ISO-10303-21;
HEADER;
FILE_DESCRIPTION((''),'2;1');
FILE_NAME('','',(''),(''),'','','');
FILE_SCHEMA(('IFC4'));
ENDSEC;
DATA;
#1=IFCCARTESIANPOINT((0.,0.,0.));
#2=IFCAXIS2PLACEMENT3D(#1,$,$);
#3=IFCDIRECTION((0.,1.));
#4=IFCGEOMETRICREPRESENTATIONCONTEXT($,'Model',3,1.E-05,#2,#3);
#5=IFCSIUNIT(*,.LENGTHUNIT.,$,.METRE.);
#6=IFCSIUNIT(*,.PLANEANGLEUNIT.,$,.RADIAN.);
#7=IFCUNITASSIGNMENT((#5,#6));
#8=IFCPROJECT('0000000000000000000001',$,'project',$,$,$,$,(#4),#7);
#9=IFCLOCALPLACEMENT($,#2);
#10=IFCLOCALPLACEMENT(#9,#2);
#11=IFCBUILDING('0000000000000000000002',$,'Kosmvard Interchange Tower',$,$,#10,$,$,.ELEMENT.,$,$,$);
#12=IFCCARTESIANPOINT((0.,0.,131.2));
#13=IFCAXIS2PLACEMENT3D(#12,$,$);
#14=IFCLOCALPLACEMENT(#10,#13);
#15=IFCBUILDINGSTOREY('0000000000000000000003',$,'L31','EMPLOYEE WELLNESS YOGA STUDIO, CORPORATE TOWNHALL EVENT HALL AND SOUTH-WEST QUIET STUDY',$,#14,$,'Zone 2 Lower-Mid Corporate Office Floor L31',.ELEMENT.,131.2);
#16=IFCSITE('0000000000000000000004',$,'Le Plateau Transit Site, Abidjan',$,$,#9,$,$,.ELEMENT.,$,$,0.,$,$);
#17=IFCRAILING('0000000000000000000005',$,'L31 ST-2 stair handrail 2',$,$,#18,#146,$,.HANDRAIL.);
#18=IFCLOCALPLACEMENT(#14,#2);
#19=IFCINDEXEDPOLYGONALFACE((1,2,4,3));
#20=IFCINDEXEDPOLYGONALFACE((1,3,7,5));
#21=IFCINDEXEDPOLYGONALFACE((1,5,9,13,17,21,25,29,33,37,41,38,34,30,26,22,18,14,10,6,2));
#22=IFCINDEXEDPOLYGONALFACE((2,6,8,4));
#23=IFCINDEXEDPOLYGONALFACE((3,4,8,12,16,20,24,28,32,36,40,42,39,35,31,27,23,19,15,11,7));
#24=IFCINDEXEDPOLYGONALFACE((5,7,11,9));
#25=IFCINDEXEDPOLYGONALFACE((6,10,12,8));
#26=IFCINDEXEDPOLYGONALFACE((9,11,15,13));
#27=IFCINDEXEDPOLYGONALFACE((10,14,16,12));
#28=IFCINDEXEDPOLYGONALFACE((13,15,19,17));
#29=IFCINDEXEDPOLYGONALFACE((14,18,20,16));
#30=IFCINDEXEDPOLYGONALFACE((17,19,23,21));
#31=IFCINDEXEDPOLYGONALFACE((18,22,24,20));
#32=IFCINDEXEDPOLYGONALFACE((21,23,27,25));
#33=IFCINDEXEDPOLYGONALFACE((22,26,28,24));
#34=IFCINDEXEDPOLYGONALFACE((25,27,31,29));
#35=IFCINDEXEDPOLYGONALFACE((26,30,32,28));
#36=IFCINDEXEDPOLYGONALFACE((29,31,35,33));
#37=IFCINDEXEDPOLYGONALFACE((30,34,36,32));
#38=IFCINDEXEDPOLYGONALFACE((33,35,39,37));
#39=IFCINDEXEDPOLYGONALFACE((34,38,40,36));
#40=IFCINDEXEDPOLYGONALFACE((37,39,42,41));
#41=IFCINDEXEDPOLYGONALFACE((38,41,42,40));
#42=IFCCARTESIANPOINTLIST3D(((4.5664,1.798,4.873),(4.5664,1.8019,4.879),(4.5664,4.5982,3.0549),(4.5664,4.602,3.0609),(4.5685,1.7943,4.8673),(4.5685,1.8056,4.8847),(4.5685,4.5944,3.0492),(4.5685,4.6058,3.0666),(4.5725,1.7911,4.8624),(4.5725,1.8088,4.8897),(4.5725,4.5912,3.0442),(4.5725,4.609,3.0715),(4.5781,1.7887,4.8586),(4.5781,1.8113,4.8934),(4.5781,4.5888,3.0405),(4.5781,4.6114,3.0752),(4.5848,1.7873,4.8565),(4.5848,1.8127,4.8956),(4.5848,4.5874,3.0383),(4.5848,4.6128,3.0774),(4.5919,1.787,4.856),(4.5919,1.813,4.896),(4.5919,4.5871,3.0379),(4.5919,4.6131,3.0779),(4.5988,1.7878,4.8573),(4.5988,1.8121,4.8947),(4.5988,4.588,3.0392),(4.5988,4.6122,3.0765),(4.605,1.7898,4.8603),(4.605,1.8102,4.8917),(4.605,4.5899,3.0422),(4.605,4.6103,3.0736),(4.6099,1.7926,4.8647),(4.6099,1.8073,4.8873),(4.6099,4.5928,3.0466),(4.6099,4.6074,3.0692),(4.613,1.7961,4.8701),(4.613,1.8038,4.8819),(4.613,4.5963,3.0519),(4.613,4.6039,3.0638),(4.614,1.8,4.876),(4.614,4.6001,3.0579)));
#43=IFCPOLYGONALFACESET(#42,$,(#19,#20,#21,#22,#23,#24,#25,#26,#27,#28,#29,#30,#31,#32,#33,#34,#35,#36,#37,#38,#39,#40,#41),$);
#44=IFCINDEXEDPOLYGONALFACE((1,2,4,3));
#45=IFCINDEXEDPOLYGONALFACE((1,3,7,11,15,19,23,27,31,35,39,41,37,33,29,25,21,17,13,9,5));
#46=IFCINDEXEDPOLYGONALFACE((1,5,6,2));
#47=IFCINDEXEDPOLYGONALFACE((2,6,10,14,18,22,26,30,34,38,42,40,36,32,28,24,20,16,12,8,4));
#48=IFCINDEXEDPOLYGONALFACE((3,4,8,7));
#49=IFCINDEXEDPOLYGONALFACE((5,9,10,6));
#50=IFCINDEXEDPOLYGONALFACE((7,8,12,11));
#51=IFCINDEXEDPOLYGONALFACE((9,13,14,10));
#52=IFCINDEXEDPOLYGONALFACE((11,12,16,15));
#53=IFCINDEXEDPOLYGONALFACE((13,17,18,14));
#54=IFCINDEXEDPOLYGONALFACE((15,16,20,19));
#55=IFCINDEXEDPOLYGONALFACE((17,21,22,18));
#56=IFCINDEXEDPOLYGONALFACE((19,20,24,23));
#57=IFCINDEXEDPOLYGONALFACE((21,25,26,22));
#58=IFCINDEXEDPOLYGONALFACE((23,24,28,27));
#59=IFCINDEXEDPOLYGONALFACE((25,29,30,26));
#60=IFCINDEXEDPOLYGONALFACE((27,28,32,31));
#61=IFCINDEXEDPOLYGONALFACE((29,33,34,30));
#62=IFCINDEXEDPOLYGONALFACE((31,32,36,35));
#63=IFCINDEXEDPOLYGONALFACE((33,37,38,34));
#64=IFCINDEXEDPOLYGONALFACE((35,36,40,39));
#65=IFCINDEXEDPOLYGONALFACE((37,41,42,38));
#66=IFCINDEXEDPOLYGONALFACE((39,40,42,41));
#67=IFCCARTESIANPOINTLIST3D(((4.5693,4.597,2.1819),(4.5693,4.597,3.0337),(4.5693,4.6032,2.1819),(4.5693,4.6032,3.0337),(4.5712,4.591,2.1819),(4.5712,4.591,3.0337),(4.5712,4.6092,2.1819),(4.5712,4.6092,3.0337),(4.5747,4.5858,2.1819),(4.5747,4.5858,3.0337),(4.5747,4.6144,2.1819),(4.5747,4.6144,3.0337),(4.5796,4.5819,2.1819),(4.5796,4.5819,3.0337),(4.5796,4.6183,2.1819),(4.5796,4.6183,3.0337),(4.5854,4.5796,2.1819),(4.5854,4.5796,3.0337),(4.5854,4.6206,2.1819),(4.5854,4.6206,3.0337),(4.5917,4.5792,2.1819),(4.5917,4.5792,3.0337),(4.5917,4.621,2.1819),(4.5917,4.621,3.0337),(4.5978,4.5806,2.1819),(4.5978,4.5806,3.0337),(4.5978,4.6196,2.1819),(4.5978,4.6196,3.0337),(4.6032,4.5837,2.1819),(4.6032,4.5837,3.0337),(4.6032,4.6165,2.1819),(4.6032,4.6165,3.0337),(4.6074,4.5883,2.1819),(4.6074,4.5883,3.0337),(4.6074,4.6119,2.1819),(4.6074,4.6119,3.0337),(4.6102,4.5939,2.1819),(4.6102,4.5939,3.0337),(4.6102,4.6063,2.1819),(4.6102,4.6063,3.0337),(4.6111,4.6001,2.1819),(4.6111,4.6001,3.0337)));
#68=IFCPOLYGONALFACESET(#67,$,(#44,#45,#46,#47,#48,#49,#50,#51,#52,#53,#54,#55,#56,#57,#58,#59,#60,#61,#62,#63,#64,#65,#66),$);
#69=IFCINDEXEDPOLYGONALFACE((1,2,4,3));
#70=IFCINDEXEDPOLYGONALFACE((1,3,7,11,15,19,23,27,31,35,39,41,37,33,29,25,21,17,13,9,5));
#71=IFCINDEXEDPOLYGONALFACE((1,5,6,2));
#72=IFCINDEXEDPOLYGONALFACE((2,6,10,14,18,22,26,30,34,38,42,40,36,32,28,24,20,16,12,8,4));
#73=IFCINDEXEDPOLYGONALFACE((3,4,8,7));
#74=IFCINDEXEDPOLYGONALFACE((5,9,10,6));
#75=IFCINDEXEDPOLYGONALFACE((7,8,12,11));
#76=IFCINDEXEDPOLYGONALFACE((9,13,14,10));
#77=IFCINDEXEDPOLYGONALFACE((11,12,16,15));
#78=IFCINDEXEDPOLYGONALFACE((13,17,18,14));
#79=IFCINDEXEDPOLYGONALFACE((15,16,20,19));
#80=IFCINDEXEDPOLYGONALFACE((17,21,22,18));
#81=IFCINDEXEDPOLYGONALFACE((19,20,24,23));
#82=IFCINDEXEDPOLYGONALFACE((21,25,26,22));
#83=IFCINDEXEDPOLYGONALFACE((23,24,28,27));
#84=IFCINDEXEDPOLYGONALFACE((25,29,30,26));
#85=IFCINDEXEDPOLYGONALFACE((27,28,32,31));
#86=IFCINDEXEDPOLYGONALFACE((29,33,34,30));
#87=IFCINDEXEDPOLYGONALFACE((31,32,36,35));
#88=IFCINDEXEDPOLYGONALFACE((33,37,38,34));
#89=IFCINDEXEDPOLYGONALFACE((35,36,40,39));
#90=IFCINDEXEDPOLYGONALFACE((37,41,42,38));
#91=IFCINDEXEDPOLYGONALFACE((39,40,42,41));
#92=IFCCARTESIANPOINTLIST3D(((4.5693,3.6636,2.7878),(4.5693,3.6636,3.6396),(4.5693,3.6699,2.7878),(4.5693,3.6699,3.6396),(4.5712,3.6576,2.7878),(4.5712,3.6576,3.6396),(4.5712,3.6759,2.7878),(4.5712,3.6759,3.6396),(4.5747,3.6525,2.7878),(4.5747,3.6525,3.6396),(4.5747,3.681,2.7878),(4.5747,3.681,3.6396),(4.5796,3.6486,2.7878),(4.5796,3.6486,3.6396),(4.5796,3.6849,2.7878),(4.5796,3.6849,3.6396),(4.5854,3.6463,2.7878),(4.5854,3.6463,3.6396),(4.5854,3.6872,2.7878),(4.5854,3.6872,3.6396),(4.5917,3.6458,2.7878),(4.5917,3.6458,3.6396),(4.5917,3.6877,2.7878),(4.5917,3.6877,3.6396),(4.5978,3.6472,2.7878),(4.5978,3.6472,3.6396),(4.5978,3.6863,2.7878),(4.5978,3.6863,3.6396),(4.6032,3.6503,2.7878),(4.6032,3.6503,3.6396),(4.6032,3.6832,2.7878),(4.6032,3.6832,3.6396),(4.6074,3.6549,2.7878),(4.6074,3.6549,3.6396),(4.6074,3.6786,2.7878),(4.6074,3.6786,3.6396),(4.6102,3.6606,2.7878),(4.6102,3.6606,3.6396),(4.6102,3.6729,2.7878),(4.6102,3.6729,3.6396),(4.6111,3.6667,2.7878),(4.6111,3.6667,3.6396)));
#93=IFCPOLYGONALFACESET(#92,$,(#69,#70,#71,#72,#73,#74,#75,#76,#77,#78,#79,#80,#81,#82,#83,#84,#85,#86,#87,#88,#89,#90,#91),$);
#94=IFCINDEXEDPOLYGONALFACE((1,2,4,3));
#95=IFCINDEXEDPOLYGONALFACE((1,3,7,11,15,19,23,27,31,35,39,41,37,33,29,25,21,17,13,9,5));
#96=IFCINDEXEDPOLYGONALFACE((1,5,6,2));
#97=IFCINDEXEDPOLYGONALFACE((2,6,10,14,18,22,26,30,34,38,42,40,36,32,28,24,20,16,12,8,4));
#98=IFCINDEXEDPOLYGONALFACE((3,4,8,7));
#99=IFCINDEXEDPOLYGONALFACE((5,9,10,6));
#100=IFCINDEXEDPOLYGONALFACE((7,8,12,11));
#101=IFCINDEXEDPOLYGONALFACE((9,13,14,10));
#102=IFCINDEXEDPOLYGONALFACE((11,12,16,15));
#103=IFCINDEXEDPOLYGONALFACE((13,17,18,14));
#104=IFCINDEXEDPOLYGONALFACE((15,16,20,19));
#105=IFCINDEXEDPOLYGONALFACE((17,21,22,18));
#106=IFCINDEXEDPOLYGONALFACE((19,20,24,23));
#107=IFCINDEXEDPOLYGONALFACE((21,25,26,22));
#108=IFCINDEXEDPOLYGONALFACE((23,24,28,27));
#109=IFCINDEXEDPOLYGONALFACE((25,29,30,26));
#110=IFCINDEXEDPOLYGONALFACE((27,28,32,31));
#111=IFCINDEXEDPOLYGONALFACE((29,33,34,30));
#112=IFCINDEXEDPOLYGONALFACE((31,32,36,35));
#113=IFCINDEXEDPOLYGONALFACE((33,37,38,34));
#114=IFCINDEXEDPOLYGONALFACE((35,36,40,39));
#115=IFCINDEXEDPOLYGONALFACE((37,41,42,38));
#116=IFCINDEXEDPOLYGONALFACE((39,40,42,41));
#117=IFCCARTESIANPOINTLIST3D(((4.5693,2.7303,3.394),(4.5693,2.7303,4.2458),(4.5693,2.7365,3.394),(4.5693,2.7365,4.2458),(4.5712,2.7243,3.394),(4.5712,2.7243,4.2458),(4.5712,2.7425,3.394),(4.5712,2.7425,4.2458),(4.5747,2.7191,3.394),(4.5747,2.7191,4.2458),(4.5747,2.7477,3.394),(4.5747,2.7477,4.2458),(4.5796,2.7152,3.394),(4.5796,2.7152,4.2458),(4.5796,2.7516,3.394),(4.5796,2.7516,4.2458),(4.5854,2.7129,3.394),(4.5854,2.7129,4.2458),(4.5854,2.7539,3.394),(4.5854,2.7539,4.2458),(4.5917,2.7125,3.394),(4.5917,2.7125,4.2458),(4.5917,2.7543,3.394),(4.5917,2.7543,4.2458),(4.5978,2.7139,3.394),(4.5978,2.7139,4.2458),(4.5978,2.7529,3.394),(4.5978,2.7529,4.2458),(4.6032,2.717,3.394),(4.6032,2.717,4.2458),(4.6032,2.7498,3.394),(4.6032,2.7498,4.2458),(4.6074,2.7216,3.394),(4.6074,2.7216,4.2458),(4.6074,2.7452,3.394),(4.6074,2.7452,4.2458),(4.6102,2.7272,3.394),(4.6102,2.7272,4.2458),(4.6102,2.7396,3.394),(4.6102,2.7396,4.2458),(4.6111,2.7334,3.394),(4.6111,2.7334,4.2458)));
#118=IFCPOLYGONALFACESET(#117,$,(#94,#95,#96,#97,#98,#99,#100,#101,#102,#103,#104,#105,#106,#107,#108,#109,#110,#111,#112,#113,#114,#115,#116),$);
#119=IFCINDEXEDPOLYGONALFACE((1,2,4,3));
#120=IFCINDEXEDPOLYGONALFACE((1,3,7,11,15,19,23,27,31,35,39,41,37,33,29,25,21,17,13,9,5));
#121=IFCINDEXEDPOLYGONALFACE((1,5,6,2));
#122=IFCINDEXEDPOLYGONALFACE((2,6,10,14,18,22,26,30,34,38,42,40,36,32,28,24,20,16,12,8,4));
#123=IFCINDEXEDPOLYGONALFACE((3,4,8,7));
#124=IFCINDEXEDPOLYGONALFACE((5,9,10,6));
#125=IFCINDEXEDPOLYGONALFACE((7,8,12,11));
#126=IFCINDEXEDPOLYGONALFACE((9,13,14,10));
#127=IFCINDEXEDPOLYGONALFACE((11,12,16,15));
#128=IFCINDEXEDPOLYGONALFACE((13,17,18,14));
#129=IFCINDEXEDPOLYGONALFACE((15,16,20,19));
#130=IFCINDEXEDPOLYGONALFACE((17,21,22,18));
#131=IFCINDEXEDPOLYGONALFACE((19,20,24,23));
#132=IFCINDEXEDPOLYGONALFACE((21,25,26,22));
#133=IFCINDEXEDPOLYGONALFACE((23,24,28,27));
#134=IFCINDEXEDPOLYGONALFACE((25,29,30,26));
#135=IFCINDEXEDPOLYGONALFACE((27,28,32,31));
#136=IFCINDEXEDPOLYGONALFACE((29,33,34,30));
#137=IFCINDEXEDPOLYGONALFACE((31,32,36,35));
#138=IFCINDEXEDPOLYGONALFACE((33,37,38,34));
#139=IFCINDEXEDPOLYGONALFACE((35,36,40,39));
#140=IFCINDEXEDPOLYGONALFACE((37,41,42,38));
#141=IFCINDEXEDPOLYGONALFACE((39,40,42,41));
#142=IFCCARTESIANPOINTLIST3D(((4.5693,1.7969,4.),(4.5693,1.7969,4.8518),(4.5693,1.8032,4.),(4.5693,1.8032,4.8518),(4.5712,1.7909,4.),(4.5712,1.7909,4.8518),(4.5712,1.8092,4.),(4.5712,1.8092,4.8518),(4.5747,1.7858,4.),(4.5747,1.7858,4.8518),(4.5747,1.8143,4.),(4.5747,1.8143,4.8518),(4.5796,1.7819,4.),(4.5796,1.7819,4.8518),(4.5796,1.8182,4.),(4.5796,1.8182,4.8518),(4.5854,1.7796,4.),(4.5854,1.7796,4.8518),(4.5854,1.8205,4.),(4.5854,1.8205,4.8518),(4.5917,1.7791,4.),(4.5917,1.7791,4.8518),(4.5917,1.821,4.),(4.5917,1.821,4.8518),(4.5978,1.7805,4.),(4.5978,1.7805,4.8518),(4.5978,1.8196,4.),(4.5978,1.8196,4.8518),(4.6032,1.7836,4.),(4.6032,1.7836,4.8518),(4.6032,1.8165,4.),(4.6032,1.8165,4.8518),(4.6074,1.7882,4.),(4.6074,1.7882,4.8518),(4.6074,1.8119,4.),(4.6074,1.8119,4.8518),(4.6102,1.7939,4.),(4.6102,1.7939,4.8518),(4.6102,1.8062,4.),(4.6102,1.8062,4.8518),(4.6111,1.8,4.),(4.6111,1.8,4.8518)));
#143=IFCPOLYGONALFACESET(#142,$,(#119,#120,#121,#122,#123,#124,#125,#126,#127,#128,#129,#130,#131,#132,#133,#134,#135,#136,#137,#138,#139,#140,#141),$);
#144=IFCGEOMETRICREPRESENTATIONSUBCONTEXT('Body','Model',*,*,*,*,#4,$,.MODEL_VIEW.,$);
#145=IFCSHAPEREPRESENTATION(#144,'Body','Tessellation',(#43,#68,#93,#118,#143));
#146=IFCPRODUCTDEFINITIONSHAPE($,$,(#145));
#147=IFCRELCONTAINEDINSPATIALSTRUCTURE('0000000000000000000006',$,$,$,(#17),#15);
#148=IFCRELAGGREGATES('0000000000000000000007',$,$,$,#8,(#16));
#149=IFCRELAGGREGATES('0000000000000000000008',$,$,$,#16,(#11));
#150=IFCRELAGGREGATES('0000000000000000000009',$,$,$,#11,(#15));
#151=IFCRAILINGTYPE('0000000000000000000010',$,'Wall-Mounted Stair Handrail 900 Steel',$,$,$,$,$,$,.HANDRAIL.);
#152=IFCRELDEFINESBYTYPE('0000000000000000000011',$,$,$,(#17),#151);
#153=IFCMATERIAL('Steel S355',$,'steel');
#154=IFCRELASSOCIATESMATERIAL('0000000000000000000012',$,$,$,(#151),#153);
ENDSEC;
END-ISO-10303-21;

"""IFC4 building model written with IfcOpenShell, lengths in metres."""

from ifc_helpers import new_model, si_unit, direction, frame, origin, origin_2d, place, context, subcontext, project, spatial, circle, extrude, source, transform, mapped, material, type_object, element, save


model = new_model("IFC4")

# Units and contexts
model_context = context("Model", 3, precision=1e-05, world=origin(), true_north=direction((0.0, 1.0)))
body_context = subcontext(model_context, "Body", "Model", "MODEL_VIEW")
ifc_project = project(units=[si_unit("LENGTHUNIT", "METRE"), si_unit("PLANEANGLEUNIT", "RADIAN")], contexts=[model_context])

# Site, building, storey
site_placement = place(None, origin())
site = spatial("IfcSite", under=ifc_project, at=site_placement, Name="Le Plateau Transit Site, Abidjan", CompositionType="ELEMENT", RefElevation=0.0)
building_placement = place(site_placement, origin())
building = spatial("IfcBuilding", under=site, at=building_placement, Name="Kosmvard Interchange Tower", CompositionType="ELEMENT")
storey_placement = place(building_placement, frame((0.0, 0.0, 131.2)))
storey = spatial("IfcBuildingStorey", under=building, at=storey_placement, Name="L31", Description="EMPLOYEE WELLNESS YOGA STUDIO, CORPORATE TOWNHALL EVENT HALL AND SOUTH-WEST QUIET STUDY", LongName="Zone 2 Lower-Mid Corporate Office Floor L31", CompositionType="ELEMENT", Elevation=131.2)

# Shared definitions
ifc_material_1 = material(Name="Steel S355", Category="steel")

# Railing
railing_type_1 = type_object("IfcRailingType", Name="Wall-Mounted Stair Handrail 900 Steel", PredefinedType="HANDRAIL", material=ifc_material_1)
shared_shape_1 = source(origin(), body_context, "Body", "SweptSolid", [
    extrude(circle(Radius=0.0239, at=origin_2d()), frame((0.0, 0.0, 0.876), z_axis=(0.0, -0.838706, 0.544585), x_axis=(1.0, 0.0, 0.0)), (0.0, 0.0, 1.0), 3.3386),
    extrude(circle(Radius=0.021, at=origin_2d()), origin(), (0.0, 0.0, 1.0), 0.8518),
    extrude(circle(Radius=0.021, at=origin_2d()), frame((0.0, -0.9333, 0.606)), (0.0, 0.0, 1.0), 0.8518),
    extrude(circle(Radius=0.021, at=origin_2d()), frame((0.0, -1.8667, 1.2122)), (0.0, 0.0, 1.0), 0.8518),
    extrude(circle(Radius=0.021, at=origin_2d()), frame((0.0, -2.8, 1.8181)), (0.0, 0.0, 1.0), 0.8518),
])
railing_1_placement = place(storey_placement, frame((4.5901, 4.6001, 2.1819)))
element("IfcRailing", 1, at=railing_1_placement, inside=storey, type_object=railing_type_1, Name="L31 ST-2 stair handrail 2", PredefinedType="HANDRAIL", context=body_context, shape_type="MappedRepresentation", body=[
    mapped(shared_shape_1, transform((0.0, 0.0, 0.0), scale=1.0)),
])

save(model, "model.ifc")
